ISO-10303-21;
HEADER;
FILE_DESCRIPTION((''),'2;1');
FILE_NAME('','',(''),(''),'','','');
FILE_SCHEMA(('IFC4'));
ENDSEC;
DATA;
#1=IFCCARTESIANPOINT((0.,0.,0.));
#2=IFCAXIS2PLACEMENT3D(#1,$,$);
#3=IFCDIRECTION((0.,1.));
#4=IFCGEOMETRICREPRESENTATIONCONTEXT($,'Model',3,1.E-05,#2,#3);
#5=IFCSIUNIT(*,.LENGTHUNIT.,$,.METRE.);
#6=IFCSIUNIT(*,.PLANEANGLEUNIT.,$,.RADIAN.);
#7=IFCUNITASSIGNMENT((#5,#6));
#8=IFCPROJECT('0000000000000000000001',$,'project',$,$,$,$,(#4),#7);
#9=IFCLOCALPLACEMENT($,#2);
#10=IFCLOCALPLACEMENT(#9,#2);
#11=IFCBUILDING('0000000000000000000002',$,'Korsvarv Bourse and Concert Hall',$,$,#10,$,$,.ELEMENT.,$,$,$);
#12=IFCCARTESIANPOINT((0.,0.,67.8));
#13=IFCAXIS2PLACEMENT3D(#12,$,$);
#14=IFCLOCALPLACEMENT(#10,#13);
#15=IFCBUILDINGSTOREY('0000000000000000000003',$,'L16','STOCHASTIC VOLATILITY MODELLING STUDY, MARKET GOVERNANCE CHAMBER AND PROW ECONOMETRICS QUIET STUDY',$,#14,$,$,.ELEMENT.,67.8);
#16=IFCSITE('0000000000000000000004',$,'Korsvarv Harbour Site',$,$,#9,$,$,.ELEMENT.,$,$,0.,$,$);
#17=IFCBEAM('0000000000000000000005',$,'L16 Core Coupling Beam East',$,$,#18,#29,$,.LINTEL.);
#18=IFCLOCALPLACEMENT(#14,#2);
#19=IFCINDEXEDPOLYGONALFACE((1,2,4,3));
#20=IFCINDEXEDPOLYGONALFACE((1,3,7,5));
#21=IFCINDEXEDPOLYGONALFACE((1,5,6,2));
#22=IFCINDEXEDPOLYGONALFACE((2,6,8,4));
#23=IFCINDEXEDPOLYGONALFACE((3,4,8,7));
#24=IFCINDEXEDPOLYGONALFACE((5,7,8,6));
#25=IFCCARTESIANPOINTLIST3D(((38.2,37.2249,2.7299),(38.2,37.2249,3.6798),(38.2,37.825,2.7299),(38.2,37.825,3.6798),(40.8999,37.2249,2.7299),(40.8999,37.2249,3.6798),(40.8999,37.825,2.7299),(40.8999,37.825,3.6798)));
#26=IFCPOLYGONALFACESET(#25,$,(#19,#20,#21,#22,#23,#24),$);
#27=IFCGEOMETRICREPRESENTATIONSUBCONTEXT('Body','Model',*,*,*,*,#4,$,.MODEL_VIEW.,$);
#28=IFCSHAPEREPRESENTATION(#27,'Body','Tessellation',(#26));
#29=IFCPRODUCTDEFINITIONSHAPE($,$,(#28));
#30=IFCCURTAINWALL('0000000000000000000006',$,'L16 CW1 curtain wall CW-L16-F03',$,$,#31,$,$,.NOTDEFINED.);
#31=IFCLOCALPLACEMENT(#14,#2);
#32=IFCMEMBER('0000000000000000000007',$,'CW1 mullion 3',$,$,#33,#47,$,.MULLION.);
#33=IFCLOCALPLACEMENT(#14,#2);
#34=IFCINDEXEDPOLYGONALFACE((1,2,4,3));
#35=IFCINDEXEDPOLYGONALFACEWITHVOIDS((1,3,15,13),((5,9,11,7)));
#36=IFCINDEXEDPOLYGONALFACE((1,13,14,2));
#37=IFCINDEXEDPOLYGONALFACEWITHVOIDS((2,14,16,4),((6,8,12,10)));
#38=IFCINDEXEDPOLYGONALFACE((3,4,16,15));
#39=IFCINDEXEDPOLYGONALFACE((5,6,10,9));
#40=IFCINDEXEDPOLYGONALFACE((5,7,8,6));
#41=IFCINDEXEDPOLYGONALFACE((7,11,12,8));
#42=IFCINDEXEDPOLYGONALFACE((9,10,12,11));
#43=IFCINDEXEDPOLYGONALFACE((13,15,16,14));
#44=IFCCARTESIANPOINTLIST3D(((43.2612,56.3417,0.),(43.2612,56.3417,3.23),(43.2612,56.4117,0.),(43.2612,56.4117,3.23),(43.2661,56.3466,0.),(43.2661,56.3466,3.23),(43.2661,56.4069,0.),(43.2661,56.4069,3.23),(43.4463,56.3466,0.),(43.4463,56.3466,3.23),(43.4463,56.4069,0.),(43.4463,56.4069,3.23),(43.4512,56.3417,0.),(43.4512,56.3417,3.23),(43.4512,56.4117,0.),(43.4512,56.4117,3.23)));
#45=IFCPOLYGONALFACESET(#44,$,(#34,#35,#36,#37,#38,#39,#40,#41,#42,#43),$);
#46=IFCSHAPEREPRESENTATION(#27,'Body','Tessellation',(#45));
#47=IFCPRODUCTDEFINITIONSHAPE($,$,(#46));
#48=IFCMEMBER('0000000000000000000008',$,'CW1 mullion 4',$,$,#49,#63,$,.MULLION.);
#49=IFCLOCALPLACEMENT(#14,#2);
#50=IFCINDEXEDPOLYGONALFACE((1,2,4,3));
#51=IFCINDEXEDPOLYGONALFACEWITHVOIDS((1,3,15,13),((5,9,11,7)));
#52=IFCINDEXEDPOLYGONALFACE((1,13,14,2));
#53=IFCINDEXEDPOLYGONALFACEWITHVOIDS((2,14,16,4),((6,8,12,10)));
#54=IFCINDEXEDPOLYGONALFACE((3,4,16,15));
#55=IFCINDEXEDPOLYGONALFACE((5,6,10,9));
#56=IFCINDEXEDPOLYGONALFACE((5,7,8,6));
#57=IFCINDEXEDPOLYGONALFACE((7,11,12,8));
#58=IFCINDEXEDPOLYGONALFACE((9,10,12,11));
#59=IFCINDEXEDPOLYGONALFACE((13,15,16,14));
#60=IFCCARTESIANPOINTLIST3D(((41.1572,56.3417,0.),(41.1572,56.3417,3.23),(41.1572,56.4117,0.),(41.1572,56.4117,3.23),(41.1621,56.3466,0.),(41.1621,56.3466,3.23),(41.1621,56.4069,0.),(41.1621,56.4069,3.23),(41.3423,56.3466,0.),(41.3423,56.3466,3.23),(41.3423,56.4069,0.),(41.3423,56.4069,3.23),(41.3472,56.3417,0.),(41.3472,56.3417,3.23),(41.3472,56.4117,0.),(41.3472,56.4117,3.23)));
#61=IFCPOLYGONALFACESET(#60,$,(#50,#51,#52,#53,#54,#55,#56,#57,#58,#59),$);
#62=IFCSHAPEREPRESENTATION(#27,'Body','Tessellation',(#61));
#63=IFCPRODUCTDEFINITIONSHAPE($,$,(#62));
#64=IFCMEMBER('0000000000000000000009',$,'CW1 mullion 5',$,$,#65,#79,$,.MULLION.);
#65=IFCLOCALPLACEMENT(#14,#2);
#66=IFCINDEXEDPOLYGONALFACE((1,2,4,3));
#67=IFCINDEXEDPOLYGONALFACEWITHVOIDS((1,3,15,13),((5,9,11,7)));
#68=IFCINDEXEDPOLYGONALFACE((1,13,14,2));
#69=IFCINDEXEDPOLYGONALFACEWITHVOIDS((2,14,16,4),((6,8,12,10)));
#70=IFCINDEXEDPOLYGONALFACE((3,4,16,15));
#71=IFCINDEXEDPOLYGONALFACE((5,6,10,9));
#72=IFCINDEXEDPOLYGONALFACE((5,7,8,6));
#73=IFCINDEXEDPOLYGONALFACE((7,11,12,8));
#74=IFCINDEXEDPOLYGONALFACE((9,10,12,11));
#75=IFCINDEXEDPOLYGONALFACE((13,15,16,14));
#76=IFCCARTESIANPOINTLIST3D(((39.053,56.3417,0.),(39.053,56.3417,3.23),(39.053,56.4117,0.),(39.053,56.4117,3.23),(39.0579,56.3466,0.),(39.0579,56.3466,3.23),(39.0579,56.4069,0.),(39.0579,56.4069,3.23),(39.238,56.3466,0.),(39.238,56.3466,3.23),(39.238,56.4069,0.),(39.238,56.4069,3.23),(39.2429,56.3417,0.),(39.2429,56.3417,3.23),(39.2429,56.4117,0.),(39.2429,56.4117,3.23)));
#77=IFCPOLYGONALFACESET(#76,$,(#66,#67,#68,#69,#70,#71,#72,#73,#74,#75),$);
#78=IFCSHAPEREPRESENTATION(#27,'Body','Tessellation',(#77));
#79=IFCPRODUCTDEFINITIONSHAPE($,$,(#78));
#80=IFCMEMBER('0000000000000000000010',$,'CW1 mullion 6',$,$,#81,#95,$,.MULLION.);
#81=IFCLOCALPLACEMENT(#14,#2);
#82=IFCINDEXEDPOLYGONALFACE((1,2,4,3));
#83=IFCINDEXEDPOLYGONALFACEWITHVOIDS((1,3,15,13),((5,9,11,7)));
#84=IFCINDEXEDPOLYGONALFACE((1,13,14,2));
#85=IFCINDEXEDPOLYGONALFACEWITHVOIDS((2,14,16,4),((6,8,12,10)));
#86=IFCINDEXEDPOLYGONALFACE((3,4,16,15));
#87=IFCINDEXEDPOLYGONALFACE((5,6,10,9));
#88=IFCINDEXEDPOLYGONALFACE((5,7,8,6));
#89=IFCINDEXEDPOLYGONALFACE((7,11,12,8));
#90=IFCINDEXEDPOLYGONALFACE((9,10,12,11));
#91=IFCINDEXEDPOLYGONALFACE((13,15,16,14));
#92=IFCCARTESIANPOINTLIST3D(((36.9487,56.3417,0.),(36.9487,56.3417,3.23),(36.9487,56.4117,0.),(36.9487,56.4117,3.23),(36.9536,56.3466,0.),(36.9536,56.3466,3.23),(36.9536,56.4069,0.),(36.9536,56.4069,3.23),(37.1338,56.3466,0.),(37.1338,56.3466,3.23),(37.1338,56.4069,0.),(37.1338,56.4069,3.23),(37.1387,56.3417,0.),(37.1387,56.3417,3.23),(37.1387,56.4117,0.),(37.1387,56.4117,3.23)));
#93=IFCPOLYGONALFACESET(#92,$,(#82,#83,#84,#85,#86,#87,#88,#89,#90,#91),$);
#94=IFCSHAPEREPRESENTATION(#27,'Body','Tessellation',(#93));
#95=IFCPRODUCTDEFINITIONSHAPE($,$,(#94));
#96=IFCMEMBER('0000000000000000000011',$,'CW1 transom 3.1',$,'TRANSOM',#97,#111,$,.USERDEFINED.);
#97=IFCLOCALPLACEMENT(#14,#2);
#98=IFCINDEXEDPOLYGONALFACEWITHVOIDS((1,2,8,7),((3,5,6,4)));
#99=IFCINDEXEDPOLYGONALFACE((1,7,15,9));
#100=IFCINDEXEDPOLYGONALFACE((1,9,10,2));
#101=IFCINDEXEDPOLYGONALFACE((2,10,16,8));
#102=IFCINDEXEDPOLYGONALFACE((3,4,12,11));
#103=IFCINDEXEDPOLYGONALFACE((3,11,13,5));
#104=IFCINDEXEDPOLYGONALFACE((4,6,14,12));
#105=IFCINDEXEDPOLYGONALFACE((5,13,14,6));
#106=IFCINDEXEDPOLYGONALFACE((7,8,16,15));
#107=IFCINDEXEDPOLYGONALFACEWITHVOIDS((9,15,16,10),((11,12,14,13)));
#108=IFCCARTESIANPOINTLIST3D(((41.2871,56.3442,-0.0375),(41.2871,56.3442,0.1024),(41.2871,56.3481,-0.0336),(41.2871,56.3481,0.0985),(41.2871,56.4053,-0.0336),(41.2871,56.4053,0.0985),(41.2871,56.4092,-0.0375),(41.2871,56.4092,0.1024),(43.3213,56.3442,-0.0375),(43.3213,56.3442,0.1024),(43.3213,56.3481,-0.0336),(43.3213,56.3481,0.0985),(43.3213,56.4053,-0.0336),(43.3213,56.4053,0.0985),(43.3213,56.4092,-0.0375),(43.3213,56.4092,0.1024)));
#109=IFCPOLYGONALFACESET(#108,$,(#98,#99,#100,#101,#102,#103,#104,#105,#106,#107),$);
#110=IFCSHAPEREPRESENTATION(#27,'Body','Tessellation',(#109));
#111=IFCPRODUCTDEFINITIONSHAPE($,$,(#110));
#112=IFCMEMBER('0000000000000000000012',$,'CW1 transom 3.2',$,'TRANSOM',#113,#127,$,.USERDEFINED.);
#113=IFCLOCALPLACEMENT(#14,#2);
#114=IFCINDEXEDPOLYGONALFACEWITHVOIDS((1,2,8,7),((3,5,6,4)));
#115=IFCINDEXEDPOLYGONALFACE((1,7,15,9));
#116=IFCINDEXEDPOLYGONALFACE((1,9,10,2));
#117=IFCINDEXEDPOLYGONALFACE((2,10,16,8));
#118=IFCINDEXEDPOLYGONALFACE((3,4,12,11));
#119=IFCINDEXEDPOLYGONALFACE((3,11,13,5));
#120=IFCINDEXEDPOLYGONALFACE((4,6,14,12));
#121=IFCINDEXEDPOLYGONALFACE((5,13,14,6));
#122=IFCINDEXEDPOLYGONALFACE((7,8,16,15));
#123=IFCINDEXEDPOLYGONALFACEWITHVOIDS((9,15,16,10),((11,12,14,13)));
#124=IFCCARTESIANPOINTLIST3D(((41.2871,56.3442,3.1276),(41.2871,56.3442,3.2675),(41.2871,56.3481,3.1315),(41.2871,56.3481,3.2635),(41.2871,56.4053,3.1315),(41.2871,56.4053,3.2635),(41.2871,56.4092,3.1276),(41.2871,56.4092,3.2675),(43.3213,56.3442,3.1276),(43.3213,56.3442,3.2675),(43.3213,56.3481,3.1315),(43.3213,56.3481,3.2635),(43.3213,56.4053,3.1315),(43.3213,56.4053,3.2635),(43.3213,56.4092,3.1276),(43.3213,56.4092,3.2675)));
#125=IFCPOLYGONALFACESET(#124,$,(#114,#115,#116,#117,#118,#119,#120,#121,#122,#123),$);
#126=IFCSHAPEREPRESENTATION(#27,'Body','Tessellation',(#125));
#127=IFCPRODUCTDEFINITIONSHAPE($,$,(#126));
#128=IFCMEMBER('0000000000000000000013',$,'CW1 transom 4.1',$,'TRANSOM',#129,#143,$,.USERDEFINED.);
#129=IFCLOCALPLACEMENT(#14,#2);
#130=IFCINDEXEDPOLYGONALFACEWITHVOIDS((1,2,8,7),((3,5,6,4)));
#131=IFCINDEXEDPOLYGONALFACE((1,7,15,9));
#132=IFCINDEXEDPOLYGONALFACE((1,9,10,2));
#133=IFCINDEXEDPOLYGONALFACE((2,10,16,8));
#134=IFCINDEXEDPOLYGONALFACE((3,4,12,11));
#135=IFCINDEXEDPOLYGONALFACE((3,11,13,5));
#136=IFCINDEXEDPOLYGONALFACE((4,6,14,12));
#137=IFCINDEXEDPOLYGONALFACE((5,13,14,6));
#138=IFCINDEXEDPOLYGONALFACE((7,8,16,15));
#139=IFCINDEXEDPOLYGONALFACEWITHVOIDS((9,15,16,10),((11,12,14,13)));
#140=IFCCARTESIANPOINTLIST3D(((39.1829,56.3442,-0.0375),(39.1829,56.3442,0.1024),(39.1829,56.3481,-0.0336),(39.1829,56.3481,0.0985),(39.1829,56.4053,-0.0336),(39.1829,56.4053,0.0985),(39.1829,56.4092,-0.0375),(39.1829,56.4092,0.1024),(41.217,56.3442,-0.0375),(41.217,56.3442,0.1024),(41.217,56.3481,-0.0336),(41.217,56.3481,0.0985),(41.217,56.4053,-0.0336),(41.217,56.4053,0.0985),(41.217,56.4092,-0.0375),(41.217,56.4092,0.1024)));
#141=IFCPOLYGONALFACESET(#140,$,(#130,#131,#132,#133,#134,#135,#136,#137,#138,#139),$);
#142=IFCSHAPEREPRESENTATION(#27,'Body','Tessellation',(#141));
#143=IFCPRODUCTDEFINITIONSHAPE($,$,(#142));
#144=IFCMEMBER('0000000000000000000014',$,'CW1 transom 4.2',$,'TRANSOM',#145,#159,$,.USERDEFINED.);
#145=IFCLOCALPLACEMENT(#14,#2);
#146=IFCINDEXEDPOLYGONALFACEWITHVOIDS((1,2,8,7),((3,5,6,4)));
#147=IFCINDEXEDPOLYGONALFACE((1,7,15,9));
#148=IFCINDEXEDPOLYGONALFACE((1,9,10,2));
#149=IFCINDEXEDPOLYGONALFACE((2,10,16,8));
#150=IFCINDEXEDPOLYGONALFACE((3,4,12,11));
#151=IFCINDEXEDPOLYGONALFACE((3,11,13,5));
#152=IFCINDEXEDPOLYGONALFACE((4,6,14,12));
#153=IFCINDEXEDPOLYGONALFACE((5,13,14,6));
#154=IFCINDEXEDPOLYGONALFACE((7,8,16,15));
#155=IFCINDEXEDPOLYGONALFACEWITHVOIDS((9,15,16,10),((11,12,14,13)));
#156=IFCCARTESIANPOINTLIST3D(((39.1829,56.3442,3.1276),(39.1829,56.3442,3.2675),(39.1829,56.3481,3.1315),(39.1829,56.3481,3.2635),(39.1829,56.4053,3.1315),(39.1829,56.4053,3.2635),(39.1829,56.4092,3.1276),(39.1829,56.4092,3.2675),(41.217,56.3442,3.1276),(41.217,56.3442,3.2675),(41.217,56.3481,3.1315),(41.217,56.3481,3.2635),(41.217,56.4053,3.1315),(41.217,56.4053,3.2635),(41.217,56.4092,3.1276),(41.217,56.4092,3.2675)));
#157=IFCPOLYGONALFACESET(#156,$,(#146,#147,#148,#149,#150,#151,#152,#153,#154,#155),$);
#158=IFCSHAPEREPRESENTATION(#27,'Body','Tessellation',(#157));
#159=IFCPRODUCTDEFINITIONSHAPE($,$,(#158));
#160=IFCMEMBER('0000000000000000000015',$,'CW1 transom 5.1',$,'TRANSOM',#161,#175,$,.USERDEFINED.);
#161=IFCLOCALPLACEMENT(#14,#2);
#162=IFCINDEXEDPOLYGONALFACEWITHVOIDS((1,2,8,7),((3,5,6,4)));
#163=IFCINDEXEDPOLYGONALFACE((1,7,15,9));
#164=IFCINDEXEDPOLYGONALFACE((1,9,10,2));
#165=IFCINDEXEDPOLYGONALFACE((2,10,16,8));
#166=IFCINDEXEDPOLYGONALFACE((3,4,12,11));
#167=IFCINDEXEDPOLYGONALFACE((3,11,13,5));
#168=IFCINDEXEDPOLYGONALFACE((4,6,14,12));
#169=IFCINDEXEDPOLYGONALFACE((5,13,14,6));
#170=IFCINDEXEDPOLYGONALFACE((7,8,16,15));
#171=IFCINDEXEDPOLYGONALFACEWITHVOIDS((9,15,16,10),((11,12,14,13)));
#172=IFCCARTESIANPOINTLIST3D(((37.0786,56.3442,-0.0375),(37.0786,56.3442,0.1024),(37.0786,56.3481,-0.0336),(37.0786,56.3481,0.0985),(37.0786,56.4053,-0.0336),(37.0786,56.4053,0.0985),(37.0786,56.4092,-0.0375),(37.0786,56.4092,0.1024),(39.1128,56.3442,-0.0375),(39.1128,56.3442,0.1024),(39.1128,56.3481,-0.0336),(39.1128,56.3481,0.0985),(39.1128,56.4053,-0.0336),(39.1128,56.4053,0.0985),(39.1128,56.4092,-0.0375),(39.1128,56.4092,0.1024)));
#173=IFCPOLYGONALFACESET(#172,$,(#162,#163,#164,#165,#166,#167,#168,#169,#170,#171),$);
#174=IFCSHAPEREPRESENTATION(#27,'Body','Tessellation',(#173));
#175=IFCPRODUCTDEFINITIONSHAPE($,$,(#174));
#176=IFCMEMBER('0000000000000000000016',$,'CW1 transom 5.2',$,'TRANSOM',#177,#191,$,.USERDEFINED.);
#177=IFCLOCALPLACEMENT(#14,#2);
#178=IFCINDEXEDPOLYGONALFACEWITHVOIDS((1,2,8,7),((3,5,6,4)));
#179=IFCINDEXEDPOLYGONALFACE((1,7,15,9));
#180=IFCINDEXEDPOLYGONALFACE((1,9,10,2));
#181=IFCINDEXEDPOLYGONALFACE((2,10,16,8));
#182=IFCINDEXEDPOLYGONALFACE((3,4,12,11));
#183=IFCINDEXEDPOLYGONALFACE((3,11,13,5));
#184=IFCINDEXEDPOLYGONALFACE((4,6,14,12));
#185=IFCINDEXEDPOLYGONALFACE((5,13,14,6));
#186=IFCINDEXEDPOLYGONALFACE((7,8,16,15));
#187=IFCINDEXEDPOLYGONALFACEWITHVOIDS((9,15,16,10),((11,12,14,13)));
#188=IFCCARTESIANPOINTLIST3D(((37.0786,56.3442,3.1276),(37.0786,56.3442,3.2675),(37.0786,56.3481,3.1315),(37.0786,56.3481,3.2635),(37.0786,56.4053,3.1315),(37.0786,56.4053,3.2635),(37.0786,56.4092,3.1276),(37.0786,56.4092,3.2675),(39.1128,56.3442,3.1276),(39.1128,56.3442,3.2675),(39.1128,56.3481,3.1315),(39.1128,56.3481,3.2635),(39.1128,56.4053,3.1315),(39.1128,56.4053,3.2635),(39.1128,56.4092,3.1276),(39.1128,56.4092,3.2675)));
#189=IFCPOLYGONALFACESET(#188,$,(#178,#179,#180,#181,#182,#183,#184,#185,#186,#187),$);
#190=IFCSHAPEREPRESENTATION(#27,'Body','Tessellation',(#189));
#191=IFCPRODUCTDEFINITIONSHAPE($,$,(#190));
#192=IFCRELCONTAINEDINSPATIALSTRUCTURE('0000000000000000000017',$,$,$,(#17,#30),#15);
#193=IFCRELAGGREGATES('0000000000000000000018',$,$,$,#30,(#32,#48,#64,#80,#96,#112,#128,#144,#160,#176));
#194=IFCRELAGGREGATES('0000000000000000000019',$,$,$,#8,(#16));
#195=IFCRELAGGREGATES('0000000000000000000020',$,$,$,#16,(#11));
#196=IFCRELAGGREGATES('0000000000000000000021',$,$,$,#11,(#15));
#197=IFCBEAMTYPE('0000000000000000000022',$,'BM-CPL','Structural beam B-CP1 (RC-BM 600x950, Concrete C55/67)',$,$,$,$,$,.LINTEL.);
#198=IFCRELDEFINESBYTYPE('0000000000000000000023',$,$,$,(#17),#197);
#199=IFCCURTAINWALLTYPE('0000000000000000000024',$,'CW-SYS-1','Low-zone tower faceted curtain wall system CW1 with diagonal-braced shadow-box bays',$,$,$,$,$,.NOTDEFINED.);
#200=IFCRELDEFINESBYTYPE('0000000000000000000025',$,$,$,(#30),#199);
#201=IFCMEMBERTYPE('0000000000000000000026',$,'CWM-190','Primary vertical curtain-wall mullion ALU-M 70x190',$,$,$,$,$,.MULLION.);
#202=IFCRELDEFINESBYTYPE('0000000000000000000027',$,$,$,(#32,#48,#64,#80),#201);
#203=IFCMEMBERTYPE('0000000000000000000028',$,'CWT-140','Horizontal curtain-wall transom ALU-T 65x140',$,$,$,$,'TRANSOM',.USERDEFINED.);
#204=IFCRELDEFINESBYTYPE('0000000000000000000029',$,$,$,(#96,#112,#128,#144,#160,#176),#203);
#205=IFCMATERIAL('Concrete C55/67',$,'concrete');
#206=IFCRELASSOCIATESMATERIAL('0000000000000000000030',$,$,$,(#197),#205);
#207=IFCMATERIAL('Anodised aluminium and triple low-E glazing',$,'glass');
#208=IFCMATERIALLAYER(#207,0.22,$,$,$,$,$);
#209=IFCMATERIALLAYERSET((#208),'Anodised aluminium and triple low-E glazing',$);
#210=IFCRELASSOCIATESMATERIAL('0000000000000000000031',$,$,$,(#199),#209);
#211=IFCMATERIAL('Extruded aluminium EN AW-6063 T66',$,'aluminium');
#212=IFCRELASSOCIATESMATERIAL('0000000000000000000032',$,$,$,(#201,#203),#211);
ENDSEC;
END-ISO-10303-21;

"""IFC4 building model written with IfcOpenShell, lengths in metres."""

from ifc_helpers import new_model, si_unit, direction, frame, origin, origin_2d, place, context, subcontext, project, spatial, rectangle, hollow_rectangle, extrude, source, transform, mapped, material, layer, layer_set, material_profile, profile_set, type_object, element, aggregate, save


model = new_model("IFC4")

# Units and contexts
model_context = context("Model", 3, precision=1e-05, world=origin(), true_north=direction((0.0, 1.0)))
body_context = subcontext(model_context, "Body", "Model", "MODEL_VIEW")
ifc_project = project(units=[si_unit("LENGTHUNIT", "METRE"), si_unit("PLANEANGLEUNIT", "RADIAN")], contexts=[model_context])

# Site, building, storey
site_placement = place(None, origin())
site = spatial("IfcSite", under=ifc_project, at=site_placement, Name="Korsvarv Harbour Site", CompositionType="ELEMENT", RefElevation=0.0)
building_placement = place(site_placement, origin())
building = spatial("IfcBuilding", under=site, at=building_placement, Name="Korsvarv Bourse and Concert Hall", CompositionType="ELEMENT")
storey_placement = place(building_placement, frame((0.0, 0.0, 67.8)))
storey = spatial("IfcBuildingStorey", under=building, at=storey_placement, Name="L16", Description="STOCHASTIC VOLATILITY MODELLING STUDY, MARKET GOVERNANCE CHAMBER AND PROW ECONOMETRICS QUIET STUDY", CompositionType="ELEMENT", Elevation=67.8)

# Beam
ifc_material_1 = material(Name="Concrete C55/67", Category="concrete")
ifc_material_profile_1 = material_profile(ifc_material_1, rectangle(XDim=0.6001, YDim=0.95, at=origin_2d()), Name="RC-BM 600x950")
ifc_profile_set_1 = profile_set([ifc_material_profile_1], Name="Concrete C55/67")
beam_type = type_object("IfcBeamType", Name="BM-CPL", Description="Structural beam B-CP1 (RC-BM 600x950, Concrete C55/67)", PredefinedType="LINTEL", material=ifc_profile_set_1)
shared_shape_1 = source(origin(), body_context, "Body", "SweptSolid", [
    extrude(rectangle(XDim=0.6001, YDim=0.95, at=origin_2d()), origin(), (0.0, 0.0, 1.0), 2.7),
])
beam_placement = place(storey_placement, frame((38.2, 37.5249, 3.2048), z_axis=(1.0, 0.0, 0.0), x_axis=(0.0, 1.0, 0.0)))
element("IfcBeam", 1, at=beam_placement, inside=storey, type_object=beam_type, Name="L16 Core Coupling Beam East", PredefinedType="LINTEL", context=body_context, shape_type="MappedRepresentation", body=[
    mapped(shared_shape_1, transform((0.0, 0.0, 0.0), scale=1.0)),
])

# Curtain wall, members
ifc_material_2 = material(Name="Anodised aluminium and triple low-E glazing", Category="glass")
ifc_layer_1 = layer(ifc_material_2, 0.22)
ifc_layer_set_1 = layer_set([ifc_layer_1], Name="Anodised aluminium and triple low-E glazing")
curtain_wall_type = type_object("IfcCurtainWallType", Name="CW-SYS-1", Description="Low-zone tower faceted curtain wall system CW1 with diagonal-braced shadow-box bays", PredefinedType="NOTDEFINED", material=ifc_layer_set_1)
curtain_wall_placement = place(storey_placement, origin())
curtain_wall = element("IfcCurtainWall", 2, at=curtain_wall_placement, inside=storey, type_object=curtain_wall_type, Name="L16 CW1 curtain wall CW-L16-F03", PredefinedType="NOTDEFINED")
ifc_material_3 = material(Name="Extruded aluminium EN AW-6063 T66", Category="aluminium")
ifc_material_profile_2 = material_profile(ifc_material_3, hollow_rectangle(XDim=0.0701, YDim=0.1899, WallThickness=0.0049, at=origin_2d()), Name="ALU-M 70x190")
ifc_profile_set_2 = profile_set([ifc_material_profile_2], Name="Extruded aluminium EN AW-6063 T66")
member_type_1 = type_object("IfcMemberType", Name="CWM-190", Description="Primary vertical curtain-wall mullion ALU-M 70x190", PredefinedType="MULLION", material=ifc_profile_set_2)
shared_shape_2 = source(origin(), body_context, "Body", "SweptSolid", [
    extrude(hollow_rectangle(XDim=0.0701, YDim=0.1899, WallThickness=0.0049, at=origin_2d()), origin(), (0.0, 0.0, 1.0), 3.23),
])
member_1_placement = place(storey_placement, frame((43.3562, 56.3767, 0.0), z_axis=(0.0, 0.0, 1.0), x_axis=(0.0, -1.0, 0.0)))
member_1 = element("IfcMember", 3, at=member_1_placement, type_object=member_type_1, Name="CW1 mullion 3", PredefinedType="MULLION", context=body_context, shape_type="MappedRepresentation", body=[
    mapped(shared_shape_2, transform((0.0, 0.0, 0.0), scale=1.0)),
])
member_2_placement = place(storey_placement, frame((41.2522, 56.3767, 0.0), z_axis=(0.0, 0.0, 1.0), x_axis=(0.0, -1.0, 0.0)))
member_2 = element("IfcMember", 4, at=member_2_placement, type_object=member_type_1, Name="CW1 mullion 4", PredefinedType="MULLION", context=body_context, shape_type="MappedRepresentation", body=[
    mapped(shared_shape_2, transform((0.0, 0.0, 0.0), scale=1.0)),
])
member_3_placement = place(storey_placement, frame((39.1479, 56.3767, 0.0), z_axis=(0.0, 0.0, 1.0), x_axis=(0.0, -1.0, 0.0)))
member_3 = element("IfcMember", 5, at=member_3_placement, type_object=member_type_1, Name="CW1 mullion 5", PredefinedType="MULLION", context=body_context, shape_type="MappedRepresentation", body=[
    mapped(shared_shape_2, transform((0.0, 0.0, 0.0), scale=1.0)),
])
member_4_placement = place(storey_placement, frame((37.0437, 56.3767, 0.0), z_axis=(0.0, 0.0, 1.0), x_axis=(0.0, -1.0, 0.0)))
member_4 = element("IfcMember", 6, at=member_4_placement, type_object=member_type_1, Name="CW1 mullion 6", PredefinedType="MULLION", context=body_context, shape_type="MappedRepresentation", body=[
    mapped(shared_shape_2, transform((0.0, 0.0, 0.0), scale=1.0)),
])
ifc_material_profile_3 = material_profile(ifc_material_3, hollow_rectangle(XDim=0.0649, YDim=0.1399, WallThickness=0.0039, at=origin_2d()), Name="ALU-T 65x140")
ifc_profile_set_3 = profile_set([ifc_material_profile_3], Name="Extruded aluminium EN AW-6063 T66")
member_type_2 = type_object("IfcMemberType", Name="CWT-140", Description="Horizontal curtain-wall transom ALU-T 65x140", ElementType="TRANSOM", PredefinedType="USERDEFINED", material=ifc_profile_set_3)
shared_shape_3 = source(origin(), body_context, "Body", "SweptSolid", [
    extrude(hollow_rectangle(XDim=0.0649, YDim=0.1399, WallThickness=0.0039, at=origin_2d()), origin(), (0.0, 0.0, 1.0), 2.0342),
])
member_5_placement = place(storey_placement, frame((43.3213, 56.3767, 0.0325), z_axis=(-1.0, 0.0, 0.0), x_axis=(0.0, -1.0, 0.0)))
member_5 = element("IfcMember", 7, at=member_5_placement, type_object=member_type_2, Name="CW1 transom 3.1", ObjectType="TRANSOM", PredefinedType="USERDEFINED", context=body_context, shape_type="MappedRepresentation", body=[
    mapped(shared_shape_3, transform((0.0, 0.0, 0.0), scale=1.0)),
])
member_6_placement = place(storey_placement, frame((43.3213, 56.3767, 3.1975), z_axis=(-1.0, 0.0, 0.0), x_axis=(0.0, -1.0, 0.0)))
member_6 = element("IfcMember", 8, at=member_6_placement, type_object=member_type_2, Name="CW1 transom 3.2", ObjectType="TRANSOM", PredefinedType="USERDEFINED", context=body_context, shape_type="MappedRepresentation", body=[
    mapped(shared_shape_3, transform((0.0, 0.0, 0.0), scale=1.0)),
])
member_7_placement = place(storey_placement, frame((41.217, 56.3767, 0.0325), z_axis=(-1.0, 0.0, 0.0), x_axis=(0.0, -1.0, 0.0)))
member_7 = element("IfcMember", 9, at=member_7_placement, type_object=member_type_2, Name="CW1 transom 4.1", ObjectType="TRANSOM", PredefinedType="USERDEFINED", context=body_context, shape_type="MappedRepresentation", body=[
    mapped(shared_shape_3, transform((0.0, 0.0, 0.0), scale=1.0)),
])
member_8_placement = place(storey_placement, frame((41.217, 56.3767, 3.1975), z_axis=(-1.0, 0.0, 0.0), x_axis=(0.0, -1.0, 0.0)))
member_8 = element("IfcMember", 10, at=member_8_placement, type_object=member_type_2, Name="CW1 transom 4.2", ObjectType="TRANSOM", PredefinedType="USERDEFINED", context=body_context, shape_type="MappedRepresentation", body=[
    mapped(shared_shape_3, transform((0.0, 0.0, 0.0), scale=1.0)),
])
member_9_placement = place(storey_placement, frame((39.1128, 56.3767, 0.0325), z_axis=(-1.0, 0.0, 0.0), x_axis=(0.0, -1.0, 0.0)))
member_9 = element("IfcMember", 11, at=member_9_placement, type_object=member_type_2, Name="CW1 transom 5.1", ObjectType="TRANSOM", PredefinedType="USERDEFINED", context=body_context, shape_type="MappedRepresentation", body=[
    mapped(shared_shape_3, transform((0.0, 0.0, 0.0), scale=1.0)),
])
member_10_placement = place(storey_placement, frame((39.1128, 56.3767, 3.1975), z_axis=(-1.0, 0.0, 0.0), x_axis=(0.0, -1.0, 0.0)))
member_10 = element("IfcMember", 12, at=member_10_placement, type_object=member_type_2, Name="CW1 transom 5.2", ObjectType="TRANSOM", PredefinedType="USERDEFINED", context=body_context, shape_type="MappedRepresentation", body=[
    mapped(shared_shape_3, transform((0.0, 0.0, 0.0), scale=1.0)),
])
aggregate(curtain_wall, [member_1, member_2, member_3, member_4, member_5, member_6, member_7, member_8, member_9, member_10])

save(model, "model.ifc")
